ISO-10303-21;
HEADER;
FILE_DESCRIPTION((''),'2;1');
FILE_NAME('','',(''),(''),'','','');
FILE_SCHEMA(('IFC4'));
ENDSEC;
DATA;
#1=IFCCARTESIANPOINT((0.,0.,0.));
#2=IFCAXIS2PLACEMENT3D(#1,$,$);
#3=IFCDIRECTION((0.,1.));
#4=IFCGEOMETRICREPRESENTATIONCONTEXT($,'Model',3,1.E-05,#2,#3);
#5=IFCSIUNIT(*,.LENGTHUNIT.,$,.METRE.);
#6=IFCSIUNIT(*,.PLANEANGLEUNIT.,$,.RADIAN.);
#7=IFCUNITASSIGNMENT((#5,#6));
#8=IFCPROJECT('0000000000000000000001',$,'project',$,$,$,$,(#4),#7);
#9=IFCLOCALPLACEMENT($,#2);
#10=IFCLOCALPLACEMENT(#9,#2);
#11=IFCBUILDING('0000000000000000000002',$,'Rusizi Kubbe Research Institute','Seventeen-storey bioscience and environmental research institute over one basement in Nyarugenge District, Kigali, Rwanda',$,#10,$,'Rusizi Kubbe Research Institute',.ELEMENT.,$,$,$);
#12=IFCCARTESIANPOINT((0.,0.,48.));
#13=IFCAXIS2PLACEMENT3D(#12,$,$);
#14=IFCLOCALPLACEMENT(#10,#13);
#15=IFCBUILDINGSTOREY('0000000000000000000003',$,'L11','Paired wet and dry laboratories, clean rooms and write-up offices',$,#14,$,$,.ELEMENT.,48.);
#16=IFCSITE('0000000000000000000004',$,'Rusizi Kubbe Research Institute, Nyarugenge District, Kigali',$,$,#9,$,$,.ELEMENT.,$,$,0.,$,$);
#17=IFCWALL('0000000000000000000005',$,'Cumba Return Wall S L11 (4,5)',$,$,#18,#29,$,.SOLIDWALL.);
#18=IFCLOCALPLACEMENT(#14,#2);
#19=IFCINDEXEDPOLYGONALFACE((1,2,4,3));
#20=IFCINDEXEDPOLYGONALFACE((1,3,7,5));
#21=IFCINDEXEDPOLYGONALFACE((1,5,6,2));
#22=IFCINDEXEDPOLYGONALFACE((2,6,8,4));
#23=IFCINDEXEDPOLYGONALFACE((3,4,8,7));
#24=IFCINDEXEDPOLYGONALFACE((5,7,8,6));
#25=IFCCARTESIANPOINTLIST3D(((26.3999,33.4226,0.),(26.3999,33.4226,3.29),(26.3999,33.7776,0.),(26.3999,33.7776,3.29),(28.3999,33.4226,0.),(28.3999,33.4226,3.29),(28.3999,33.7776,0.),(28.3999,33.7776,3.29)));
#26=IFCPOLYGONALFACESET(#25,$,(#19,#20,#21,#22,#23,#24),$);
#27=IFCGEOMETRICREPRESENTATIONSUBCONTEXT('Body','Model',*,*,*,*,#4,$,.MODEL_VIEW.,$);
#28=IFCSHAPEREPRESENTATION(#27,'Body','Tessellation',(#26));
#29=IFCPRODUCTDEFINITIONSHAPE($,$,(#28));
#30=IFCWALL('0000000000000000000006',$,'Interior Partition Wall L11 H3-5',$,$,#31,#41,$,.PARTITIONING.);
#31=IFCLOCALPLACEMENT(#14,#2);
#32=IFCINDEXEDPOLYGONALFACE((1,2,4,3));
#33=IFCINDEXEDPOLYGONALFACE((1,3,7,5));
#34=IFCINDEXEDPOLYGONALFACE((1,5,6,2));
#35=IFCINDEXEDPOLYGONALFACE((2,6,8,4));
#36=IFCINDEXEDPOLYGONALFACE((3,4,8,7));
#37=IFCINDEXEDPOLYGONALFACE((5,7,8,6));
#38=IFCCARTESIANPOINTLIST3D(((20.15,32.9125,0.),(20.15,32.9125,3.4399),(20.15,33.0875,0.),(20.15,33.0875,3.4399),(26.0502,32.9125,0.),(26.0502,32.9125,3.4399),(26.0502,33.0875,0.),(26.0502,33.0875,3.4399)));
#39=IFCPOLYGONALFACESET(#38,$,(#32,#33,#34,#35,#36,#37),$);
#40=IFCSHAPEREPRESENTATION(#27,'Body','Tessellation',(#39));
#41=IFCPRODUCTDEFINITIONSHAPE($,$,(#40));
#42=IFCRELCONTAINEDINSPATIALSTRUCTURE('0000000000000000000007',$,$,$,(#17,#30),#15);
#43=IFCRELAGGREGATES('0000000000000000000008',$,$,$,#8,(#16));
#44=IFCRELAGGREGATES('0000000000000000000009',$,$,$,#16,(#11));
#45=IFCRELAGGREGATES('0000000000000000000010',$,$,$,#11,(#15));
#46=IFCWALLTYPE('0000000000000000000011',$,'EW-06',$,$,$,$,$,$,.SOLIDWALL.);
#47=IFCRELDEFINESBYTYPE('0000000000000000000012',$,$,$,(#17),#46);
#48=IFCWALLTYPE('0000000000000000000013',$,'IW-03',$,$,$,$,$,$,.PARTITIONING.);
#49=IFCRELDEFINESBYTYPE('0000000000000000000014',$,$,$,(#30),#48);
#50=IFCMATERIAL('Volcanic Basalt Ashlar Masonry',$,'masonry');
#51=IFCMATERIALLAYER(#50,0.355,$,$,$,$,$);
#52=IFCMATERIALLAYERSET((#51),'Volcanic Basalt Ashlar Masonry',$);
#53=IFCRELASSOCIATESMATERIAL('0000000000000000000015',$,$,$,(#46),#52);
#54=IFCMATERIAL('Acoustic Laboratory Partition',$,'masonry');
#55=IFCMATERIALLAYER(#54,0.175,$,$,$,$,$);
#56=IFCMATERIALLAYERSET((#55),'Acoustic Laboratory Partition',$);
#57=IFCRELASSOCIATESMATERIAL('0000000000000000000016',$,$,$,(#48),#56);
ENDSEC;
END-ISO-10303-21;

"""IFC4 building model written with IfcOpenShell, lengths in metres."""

from ifc_helpers import new_model, si_unit, direction, frame, frame_2d, origin, place, context, subcontext, project, spatial, rectangle, extrude, material, layer, layer_set, type_object, element, save


model = new_model("IFC4")

# Units and contexts
model_context = context("Model", 3, precision=1e-05, world=origin(), true_north=direction((0.0, 1.0)))
body_context = subcontext(model_context, "Body", "Model", "MODEL_VIEW")
ifc_project = project(units=[si_unit("LENGTHUNIT", "METRE"), si_unit("PLANEANGLEUNIT", "RADIAN")], contexts=[model_context])

# Site, building, storey
site_placement = place(None, origin())
site = spatial("IfcSite", under=ifc_project, at=site_placement, Name="Rusizi Kubbe Research Institute, Nyarugenge District, Kigali", CompositionType="ELEMENT", RefElevation=0.0)
building_placement = place(site_placement, origin())
building = spatial("IfcBuilding", under=site, at=building_placement, Name="Rusizi Kubbe Research Institute", Description="Seventeen-storey bioscience and environmental research institute over one basement in Nyarugenge District, Kigali, Rwanda", LongName="Rusizi Kubbe Research Institute", CompositionType="ELEMENT")
storey_placement = place(building_placement, frame((0.0, 0.0, 48.0)))
storey = spatial("IfcBuildingStorey", under=building, at=storey_placement, Name="L11", Description="Paired wet and dry laboratories, clean rooms and write-up offices", CompositionType="ELEMENT", Elevation=48.0)

# Walls
ifc_material_1 = material(Name="Volcanic Basalt Ashlar Masonry", Category="masonry")
ifc_layer_1 = layer(ifc_material_1, 0.355)
ifc_layer_set_1 = layer_set([ifc_layer_1], Name="Volcanic Basalt Ashlar Masonry")
wall_type_1 = type_object("IfcWallType", Name="EW-06", PredefinedType="SOLIDWALL", material=ifc_layer_set_1)
wall_1_placement = place(storey_placement, frame((26.3999, 33.6001, 0.0), z_axis=(0.0, 0.0, 1.0), x_axis=(1.0, 0.0, 0.0)))
element("IfcWall", 1, at=wall_1_placement, inside=storey, type_object=wall_type_1, Name="Cumba Return Wall S L11 (4,5)", PredefinedType="SOLIDWALL", context=body_context, shape_type="SweptSolid", body=[
    extrude(rectangle(XDim=2.0, YDim=0.355, at=frame_2d((1.0, 0.0))), origin(), (0.0, 0.0, 1.0), 3.29),
])
ifc_material_2 = material(Name="Acoustic Laboratory Partition", Category="masonry")
ifc_layer_2 = layer(ifc_material_2, 0.175)
ifc_layer_set_2 = layer_set([ifc_layer_2], Name="Acoustic Laboratory Partition")
wall_type_2 = type_object("IfcWallType", Name="IW-03", PredefinedType="PARTITIONING", material=ifc_layer_set_2)
wall_2_placement = place(storey_placement, frame((20.1499, 33.0, 0.0), z_axis=(0.0, 0.0, 1.0), x_axis=(1.0, 0.0, 0.0)))
element("IfcWall", 2, at=wall_2_placement, inside=storey, type_object=wall_type_2, Name="Interior Partition Wall L11 H3-5", PredefinedType="PARTITIONING", context=body_context, shape_type="SweptSolid", body=[
    extrude(rectangle(XDim=5.9001, YDim=0.175, at=frame_2d((2.9502, 0.0))), origin(), (0.0, 0.0, 1.0), 3.4399),
])

save(model, "model.ifc")
